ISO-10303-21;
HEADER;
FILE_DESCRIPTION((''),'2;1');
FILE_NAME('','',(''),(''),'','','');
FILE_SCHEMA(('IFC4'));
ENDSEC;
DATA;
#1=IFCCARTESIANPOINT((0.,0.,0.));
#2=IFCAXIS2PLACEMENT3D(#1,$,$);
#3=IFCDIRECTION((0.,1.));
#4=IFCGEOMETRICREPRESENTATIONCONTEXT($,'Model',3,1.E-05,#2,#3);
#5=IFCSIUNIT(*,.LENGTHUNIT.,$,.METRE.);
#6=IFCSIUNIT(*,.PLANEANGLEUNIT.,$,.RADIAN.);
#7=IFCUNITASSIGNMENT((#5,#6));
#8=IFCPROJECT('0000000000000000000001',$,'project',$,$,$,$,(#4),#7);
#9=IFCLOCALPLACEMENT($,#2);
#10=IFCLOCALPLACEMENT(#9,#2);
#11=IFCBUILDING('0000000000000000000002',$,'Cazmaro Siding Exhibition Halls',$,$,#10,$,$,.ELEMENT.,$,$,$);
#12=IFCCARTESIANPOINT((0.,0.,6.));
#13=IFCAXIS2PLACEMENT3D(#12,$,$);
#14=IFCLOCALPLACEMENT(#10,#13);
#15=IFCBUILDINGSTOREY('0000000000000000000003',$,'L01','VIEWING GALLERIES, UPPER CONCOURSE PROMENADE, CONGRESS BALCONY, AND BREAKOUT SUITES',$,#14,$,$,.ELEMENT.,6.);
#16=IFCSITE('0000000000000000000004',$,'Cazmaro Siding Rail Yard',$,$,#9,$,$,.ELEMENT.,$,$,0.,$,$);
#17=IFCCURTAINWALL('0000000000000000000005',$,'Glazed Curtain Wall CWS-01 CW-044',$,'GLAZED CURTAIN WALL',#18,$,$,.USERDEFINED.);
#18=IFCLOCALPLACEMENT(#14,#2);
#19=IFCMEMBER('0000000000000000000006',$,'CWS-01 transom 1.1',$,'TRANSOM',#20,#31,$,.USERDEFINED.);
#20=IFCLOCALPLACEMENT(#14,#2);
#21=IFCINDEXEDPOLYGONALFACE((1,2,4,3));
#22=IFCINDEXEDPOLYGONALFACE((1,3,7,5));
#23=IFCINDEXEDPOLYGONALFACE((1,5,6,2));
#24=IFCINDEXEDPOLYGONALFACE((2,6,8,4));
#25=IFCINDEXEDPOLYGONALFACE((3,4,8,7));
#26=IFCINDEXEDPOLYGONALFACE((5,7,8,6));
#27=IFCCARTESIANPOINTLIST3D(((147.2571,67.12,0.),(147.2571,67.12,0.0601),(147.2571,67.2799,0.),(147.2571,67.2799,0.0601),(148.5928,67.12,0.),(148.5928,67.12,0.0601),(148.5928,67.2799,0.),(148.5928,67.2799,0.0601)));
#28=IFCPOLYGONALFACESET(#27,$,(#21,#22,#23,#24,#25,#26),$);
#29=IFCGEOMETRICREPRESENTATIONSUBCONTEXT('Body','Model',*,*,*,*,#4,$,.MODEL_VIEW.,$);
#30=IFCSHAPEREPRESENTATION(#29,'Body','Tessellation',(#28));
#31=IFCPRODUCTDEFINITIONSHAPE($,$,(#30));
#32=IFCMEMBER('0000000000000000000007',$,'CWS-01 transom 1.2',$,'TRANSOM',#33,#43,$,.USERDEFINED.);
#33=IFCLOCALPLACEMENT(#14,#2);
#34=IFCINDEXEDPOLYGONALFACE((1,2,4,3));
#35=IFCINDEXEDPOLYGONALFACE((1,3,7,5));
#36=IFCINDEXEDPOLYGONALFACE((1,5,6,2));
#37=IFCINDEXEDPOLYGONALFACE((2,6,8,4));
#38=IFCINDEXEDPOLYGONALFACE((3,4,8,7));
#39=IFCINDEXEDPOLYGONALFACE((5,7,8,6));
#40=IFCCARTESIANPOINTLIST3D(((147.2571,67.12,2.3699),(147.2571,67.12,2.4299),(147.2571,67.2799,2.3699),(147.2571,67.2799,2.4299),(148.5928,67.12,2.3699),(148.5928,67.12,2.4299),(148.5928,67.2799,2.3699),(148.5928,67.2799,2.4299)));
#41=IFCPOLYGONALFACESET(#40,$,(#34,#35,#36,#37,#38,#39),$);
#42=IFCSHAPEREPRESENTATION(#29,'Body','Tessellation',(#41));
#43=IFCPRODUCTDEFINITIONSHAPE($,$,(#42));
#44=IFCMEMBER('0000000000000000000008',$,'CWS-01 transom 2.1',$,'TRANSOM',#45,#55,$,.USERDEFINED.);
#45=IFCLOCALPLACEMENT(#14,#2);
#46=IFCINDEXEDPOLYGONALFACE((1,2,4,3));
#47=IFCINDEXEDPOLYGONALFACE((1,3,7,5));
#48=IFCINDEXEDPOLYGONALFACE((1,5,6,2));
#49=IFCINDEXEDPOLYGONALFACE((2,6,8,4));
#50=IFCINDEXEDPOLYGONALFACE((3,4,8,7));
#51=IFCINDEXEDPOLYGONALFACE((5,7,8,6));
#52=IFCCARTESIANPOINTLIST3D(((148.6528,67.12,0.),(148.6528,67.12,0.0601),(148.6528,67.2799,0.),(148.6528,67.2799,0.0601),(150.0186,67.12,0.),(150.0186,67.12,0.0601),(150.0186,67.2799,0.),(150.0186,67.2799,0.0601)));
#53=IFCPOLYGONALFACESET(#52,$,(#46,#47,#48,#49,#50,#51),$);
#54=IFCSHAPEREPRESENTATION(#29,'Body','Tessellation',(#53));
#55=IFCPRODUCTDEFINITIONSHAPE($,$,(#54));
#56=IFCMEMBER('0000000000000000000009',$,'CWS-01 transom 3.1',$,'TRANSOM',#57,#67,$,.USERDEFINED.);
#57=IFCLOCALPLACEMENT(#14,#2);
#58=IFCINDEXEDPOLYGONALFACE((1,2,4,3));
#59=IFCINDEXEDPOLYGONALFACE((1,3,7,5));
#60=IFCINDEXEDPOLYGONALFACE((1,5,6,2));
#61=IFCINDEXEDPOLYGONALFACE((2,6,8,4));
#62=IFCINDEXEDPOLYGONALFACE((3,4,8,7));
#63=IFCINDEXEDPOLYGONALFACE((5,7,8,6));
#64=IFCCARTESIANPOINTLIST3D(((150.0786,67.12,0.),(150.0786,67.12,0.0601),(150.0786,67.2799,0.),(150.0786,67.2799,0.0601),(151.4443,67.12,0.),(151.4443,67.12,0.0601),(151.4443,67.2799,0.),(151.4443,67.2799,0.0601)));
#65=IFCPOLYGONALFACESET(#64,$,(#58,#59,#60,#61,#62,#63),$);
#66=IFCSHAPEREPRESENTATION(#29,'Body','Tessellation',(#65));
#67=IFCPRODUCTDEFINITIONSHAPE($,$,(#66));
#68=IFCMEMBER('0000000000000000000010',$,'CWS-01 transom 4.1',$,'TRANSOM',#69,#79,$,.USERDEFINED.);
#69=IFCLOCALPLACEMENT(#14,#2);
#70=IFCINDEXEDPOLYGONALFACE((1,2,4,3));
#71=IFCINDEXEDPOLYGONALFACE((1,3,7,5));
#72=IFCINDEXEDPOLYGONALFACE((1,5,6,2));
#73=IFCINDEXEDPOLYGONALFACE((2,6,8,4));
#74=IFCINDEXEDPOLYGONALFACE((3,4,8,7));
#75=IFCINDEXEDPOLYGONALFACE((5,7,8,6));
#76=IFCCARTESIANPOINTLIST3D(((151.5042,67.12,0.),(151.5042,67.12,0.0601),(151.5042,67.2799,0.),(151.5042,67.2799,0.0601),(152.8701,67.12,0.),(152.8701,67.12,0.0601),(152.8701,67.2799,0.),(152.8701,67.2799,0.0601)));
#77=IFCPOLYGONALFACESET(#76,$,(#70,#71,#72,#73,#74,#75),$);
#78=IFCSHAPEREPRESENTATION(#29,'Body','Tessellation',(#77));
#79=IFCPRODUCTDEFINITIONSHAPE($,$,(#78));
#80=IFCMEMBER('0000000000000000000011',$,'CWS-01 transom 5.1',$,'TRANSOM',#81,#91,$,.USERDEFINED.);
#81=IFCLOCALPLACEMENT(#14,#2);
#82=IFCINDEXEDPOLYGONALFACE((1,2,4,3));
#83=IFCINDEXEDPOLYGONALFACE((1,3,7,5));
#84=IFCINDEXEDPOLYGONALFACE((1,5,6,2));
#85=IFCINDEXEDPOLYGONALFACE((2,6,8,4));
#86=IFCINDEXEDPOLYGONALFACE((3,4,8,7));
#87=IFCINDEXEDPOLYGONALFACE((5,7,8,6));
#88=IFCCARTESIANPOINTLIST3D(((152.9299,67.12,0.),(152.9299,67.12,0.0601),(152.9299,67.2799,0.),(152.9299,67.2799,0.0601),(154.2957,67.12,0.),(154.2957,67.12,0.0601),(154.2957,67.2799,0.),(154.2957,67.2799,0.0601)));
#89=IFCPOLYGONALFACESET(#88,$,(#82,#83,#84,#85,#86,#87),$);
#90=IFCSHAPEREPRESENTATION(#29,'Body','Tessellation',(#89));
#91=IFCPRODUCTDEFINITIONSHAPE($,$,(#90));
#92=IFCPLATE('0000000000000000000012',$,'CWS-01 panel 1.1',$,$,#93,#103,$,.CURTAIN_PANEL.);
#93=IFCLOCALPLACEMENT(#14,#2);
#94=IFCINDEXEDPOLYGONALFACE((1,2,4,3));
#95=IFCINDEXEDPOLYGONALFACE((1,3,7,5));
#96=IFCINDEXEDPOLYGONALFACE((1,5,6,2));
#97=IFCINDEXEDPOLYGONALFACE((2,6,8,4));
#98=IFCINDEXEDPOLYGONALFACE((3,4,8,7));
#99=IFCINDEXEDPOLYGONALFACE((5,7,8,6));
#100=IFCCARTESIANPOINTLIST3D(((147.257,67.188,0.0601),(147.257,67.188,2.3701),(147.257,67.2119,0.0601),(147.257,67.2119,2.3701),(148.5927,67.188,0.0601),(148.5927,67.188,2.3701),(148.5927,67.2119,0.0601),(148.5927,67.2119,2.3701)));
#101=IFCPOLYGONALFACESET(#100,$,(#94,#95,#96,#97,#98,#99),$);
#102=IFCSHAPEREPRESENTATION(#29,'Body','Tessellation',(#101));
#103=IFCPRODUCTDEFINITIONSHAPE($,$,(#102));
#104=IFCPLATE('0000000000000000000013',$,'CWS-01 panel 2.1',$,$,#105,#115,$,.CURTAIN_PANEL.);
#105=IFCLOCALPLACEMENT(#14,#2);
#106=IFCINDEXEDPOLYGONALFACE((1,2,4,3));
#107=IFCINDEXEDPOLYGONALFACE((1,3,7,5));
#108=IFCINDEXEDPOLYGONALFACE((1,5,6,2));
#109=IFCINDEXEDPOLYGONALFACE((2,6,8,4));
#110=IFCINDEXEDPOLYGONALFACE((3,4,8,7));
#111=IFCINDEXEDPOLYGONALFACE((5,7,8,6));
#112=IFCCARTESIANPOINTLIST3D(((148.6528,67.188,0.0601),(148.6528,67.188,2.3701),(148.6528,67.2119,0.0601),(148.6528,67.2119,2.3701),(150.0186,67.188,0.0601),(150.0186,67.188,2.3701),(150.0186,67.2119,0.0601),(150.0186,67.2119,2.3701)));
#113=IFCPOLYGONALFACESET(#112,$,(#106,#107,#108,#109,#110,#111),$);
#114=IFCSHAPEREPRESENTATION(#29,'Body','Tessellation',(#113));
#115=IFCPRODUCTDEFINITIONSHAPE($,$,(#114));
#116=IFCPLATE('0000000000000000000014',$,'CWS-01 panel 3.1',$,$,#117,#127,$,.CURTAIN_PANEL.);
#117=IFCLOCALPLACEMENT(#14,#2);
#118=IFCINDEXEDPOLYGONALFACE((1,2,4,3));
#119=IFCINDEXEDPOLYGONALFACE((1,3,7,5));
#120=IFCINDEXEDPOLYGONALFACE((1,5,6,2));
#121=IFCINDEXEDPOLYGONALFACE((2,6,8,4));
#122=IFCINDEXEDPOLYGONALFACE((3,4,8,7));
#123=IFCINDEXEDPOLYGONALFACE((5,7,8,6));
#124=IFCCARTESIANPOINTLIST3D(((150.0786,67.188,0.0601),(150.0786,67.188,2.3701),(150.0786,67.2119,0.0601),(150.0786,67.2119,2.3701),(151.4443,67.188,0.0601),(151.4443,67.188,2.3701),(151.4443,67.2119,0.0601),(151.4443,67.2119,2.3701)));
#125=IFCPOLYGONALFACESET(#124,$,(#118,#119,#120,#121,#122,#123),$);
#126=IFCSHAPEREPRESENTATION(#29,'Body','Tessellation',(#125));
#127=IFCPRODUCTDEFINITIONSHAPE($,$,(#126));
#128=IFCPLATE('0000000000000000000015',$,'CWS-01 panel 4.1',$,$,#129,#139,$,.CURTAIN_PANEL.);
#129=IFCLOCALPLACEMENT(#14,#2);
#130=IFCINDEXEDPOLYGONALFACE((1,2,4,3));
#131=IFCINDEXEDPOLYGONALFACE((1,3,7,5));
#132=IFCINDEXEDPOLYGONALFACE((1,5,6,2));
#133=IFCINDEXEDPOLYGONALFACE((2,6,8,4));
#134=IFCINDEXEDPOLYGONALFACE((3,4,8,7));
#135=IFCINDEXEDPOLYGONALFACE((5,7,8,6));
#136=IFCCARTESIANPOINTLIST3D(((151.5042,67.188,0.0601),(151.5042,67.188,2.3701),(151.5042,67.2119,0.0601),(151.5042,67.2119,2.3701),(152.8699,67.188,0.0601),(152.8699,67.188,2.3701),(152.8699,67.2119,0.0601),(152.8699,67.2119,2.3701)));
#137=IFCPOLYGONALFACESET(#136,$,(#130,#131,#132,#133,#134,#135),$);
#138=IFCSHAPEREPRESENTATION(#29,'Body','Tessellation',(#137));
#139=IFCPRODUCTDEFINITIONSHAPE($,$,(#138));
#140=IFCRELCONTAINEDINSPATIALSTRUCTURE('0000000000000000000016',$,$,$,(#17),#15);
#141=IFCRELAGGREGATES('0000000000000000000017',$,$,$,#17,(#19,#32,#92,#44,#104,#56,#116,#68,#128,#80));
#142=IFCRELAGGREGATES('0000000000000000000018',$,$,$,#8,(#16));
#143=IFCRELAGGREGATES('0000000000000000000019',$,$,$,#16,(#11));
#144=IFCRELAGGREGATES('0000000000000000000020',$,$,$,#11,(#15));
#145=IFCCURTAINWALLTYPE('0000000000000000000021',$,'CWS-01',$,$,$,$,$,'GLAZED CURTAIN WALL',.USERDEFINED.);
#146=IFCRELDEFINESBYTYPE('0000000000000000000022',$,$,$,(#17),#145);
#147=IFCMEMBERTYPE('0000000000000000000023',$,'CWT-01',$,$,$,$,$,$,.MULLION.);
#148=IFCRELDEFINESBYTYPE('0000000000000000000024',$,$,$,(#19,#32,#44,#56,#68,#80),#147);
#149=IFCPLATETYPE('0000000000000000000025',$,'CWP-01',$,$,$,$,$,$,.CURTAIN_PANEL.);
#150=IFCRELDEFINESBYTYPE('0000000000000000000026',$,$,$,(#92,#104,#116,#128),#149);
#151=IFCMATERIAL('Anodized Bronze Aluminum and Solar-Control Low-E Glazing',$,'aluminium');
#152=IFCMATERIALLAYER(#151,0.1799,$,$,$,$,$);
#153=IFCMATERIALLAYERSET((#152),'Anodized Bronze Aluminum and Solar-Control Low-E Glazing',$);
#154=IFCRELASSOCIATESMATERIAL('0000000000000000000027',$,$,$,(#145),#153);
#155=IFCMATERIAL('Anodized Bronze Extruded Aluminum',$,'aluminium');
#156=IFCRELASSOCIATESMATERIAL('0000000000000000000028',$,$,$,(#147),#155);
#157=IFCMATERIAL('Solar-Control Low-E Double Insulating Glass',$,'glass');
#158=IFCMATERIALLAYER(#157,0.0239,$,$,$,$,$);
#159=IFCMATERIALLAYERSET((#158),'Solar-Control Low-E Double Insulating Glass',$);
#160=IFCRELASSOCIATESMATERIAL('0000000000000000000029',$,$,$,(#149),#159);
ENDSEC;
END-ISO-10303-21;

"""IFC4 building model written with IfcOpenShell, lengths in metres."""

from ifc_helpers import new_model, si_unit, direction, frame, origin, origin_2d, place, context, subcontext, project, spatial, rectangle, extrude, material, layer, layer_set, material_profile, profile_set, type_object, element, aggregate, save


model = new_model("IFC4")

# Units and contexts
model_context = context("Model", 3, precision=1e-05, world=origin(), true_north=direction((0.0, 1.0)))
body_context = subcontext(model_context, "Body", "Model", "MODEL_VIEW")
ifc_project = project(units=[si_unit("LENGTHUNIT", "METRE"), si_unit("PLANEANGLEUNIT", "RADIAN")], contexts=[model_context])

# Site, building, storey
site_placement = place(None, origin())
site = spatial("IfcSite", under=ifc_project, at=site_placement, Name="Cazmaro Siding Rail Yard", CompositionType="ELEMENT", RefElevation=0.0)
building_placement = place(site_placement, origin())
building = spatial("IfcBuilding", under=site, at=building_placement, Name="Cazmaro Siding Exhibition Halls", CompositionType="ELEMENT")
storey_placement = place(building_placement, frame((0.0, 0.0, 6.0)))
storey = spatial("IfcBuildingStorey", under=building, at=storey_placement, Name="L01", Description="VIEWING GALLERIES, UPPER CONCOURSE PROMENADE, CONGRESS BALCONY, AND BREAKOUT SUITES", CompositionType="ELEMENT", Elevation=6.0)

# Curtain wall, members, plates
ifc_material_1 = material(Name="Anodized Bronze Aluminum and Solar-Control Low-E Glazing", Category="aluminium")
ifc_layer_1 = layer(ifc_material_1, 0.1799)
ifc_layer_set_1 = layer_set([ifc_layer_1], Name="Anodized Bronze Aluminum and Solar-Control Low-E Glazing")
curtain_wall_type = type_object("IfcCurtainWallType", Name="CWS-01", ElementType="GLAZED CURTAIN WALL", PredefinedType="USERDEFINED", material=ifc_layer_set_1)
curtain_wall_placement = place(storey_placement, origin())
curtain_wall = element("IfcCurtainWall", 1, at=curtain_wall_placement, inside=storey, type_object=curtain_wall_type, Name="Glazed Curtain Wall CWS-01 CW-044", ObjectType="GLAZED CURTAIN WALL", PredefinedType="USERDEFINED")
ifc_material_2 = material(Name="Anodized Bronze Extruded Aluminum", Category="aluminium")
ifc_material_profile_1 = material_profile(ifc_material_2, rectangle(XDim=0.1599, YDim=0.0601, at=origin_2d()), Name="CWT-01")
ifc_profile_set_1 = profile_set([ifc_material_profile_1], Name="Anodized Bronze Extruded Aluminum")
member_type_1 = type_object("IfcMemberType", Name="CWT-01", PredefinedType="MULLION", material=ifc_profile_set_1)
member_1_placement = place(storey_placement, frame((147.2571, 67.2, 0.03), z_axis=(1.0, 0.0, 0.0), x_axis=(0.0, 1.0, 0.0)))
member_1 = element("IfcMember", 2, at=member_1_placement, type_object=member_type_1, Name="CWS-01 transom 1.1", ObjectType="TRANSOM", PredefinedType="USERDEFINED", context=body_context, shape_type="SweptSolid", body=[
    extrude(rectangle(XDim=0.1599, YDim=0.0601, at=origin_2d()), origin(), (0.0, 0.0, 1.0), 1.3357),
])
member_2_placement = place(storey_placement, frame((147.2571, 67.2, 2.3999), z_axis=(1.0, 0.0, 0.0), x_axis=(0.0, 1.0, 0.0)))
member_2 = element("IfcMember", 3, at=member_2_placement, type_object=member_type_1, Name="CWS-01 transom 1.2", ObjectType="TRANSOM", PredefinedType="USERDEFINED", context=body_context, shape_type="SweptSolid", body=[
    extrude(rectangle(XDim=0.1599, YDim=0.0601, at=origin_2d()), origin(), (0.0, 0.0, 1.0), 1.3357),
])
member_3_placement = place(storey_placement, frame((148.6528, 67.2, 0.03), z_axis=(1.0, 0.0, 0.0), x_axis=(0.0, 1.0, 0.0)))
member_3 = element("IfcMember", 4, at=member_3_placement, type_object=member_type_1, Name="CWS-01 transom 2.1", ObjectType="TRANSOM", PredefinedType="USERDEFINED", context=body_context, shape_type="SweptSolid", body=[
    extrude(rectangle(XDim=0.1599, YDim=0.0601, at=origin_2d()), origin(), (0.0, 0.0, 1.0), 1.3657),
])
member_4_placement = place(storey_placement, frame((150.0786, 67.2, 0.03), z_axis=(1.0, 0.0, 0.0), x_axis=(0.0, 1.0, 0.0)))
member_4 = element("IfcMember", 5, at=member_4_placement, type_object=member_type_1, Name="CWS-01 transom 3.1", ObjectType="TRANSOM", PredefinedType="USERDEFINED", context=body_context, shape_type="SweptSolid", body=[
    extrude(rectangle(XDim=0.1599, YDim=0.0601, at=origin_2d()), origin(), (0.0, 0.0, 1.0), 1.3657),
])
member_5_placement = place(storey_placement, frame((151.5042, 67.2, 0.03), z_axis=(1.0, 0.0, 0.0), x_axis=(0.0, 1.0, 0.0)))
member_5 = element("IfcMember", 6, at=member_5_placement, type_object=member_type_1, Name="CWS-01 transom 4.1", ObjectType="TRANSOM", PredefinedType="USERDEFINED", context=body_context, shape_type="SweptSolid", body=[
    extrude(rectangle(XDim=0.1599, YDim=0.0601, at=origin_2d()), origin(), (0.0, 0.0, 1.0), 1.366),
])
member_6_placement = place(storey_placement, frame((152.9299, 67.2, 0.03), z_axis=(1.0, 0.0, 0.0), x_axis=(0.0, 1.0, 0.0)))
member_6 = element("IfcMember", 7, at=member_6_placement, type_object=member_type_1, Name="CWS-01 transom 5.1", ObjectType="TRANSOM", PredefinedType="USERDEFINED", context=body_context, shape_type="SweptSolid", body=[
    extrude(rectangle(XDim=0.1599, YDim=0.0601, at=origin_2d()), origin(), (0.0, 0.0, 1.0), 1.3657),
])
ifc_material_3 = material(Name="Solar-Control Low-E Double Insulating Glass", Category="glass")
ifc_layer_2 = layer(ifc_material_3, 0.0239)
ifc_layer_set_2 = layer_set([ifc_layer_2], Name="Solar-Control Low-E Double Insulating Glass")
plate_type = type_object("IfcPlateType", Name="CWP-01", PredefinedType="CURTAIN_PANEL", material=ifc_layer_set_2)
plate_1_placement = place(storey_placement, frame((147.9248, 67.2, 0.0601), z_axis=(0.0, 0.0, 1.0), x_axis=(1.0, 0.0, 0.0)))
plate_1 = element("IfcPlate", 8, at=plate_1_placement, type_object=plate_type, Name="CWS-01 panel 1.1", PredefinedType="CURTAIN_PANEL", context=body_context, shape_type="SweptSolid", body=[
    extrude(rectangle(XDim=1.3357, YDim=0.0239, at=origin_2d()), origin(), (0.0, 0.0, 1.0), 2.3101),
])
plate_2_placement = place(storey_placement, frame((149.3357, 67.2, 0.0601), z_axis=(0.0, 0.0, 1.0), x_axis=(1.0, 0.0, 0.0)))
plate_2 = element("IfcPlate", 9, at=plate_2_placement, type_object=plate_type, Name="CWS-01 panel 2.1", PredefinedType="CURTAIN_PANEL", context=body_context, shape_type="SweptSolid", body=[
    extrude(rectangle(XDim=1.3657, YDim=0.0239, at=origin_2d()), origin(), (0.0, 0.0, 1.0), 2.3101),
])
plate_3_placement = place(storey_placement, frame((150.7615, 67.2, 0.0601), z_axis=(0.0, 0.0, 1.0), x_axis=(1.0, 0.0, 0.0)))
plate_3 = element("IfcPlate", 10, at=plate_3_placement, type_object=plate_type, Name="CWS-01 panel 3.1", PredefinedType="CURTAIN_PANEL", context=body_context, shape_type="SweptSolid", body=[
    extrude(rectangle(XDim=1.3657, YDim=0.0239, at=origin_2d()), origin(), (0.0, 0.0, 1.0), 2.3101),
])
plate_4_placement = place(storey_placement, frame((152.187, 67.2, 0.0601), z_axis=(0.0, 0.0, 1.0), x_axis=(1.0, 0.0, 0.0)))
plate_4 = element("IfcPlate", 11, at=plate_4_placement, type_object=plate_type, Name="CWS-01 panel 4.1", PredefinedType="CURTAIN_PANEL", context=body_context, shape_type="SweptSolid", body=[
    extrude(rectangle(XDim=1.3657, YDim=0.0239, at=origin_2d()), origin(), (0.0, 0.0, 1.0), 2.3101),
])
aggregate(curtain_wall, [member_1, member_2, plate_1, member_3, plate_2, member_4, plate_3, member_5, plate_4, member_6])

save(model, "model.ifc")
